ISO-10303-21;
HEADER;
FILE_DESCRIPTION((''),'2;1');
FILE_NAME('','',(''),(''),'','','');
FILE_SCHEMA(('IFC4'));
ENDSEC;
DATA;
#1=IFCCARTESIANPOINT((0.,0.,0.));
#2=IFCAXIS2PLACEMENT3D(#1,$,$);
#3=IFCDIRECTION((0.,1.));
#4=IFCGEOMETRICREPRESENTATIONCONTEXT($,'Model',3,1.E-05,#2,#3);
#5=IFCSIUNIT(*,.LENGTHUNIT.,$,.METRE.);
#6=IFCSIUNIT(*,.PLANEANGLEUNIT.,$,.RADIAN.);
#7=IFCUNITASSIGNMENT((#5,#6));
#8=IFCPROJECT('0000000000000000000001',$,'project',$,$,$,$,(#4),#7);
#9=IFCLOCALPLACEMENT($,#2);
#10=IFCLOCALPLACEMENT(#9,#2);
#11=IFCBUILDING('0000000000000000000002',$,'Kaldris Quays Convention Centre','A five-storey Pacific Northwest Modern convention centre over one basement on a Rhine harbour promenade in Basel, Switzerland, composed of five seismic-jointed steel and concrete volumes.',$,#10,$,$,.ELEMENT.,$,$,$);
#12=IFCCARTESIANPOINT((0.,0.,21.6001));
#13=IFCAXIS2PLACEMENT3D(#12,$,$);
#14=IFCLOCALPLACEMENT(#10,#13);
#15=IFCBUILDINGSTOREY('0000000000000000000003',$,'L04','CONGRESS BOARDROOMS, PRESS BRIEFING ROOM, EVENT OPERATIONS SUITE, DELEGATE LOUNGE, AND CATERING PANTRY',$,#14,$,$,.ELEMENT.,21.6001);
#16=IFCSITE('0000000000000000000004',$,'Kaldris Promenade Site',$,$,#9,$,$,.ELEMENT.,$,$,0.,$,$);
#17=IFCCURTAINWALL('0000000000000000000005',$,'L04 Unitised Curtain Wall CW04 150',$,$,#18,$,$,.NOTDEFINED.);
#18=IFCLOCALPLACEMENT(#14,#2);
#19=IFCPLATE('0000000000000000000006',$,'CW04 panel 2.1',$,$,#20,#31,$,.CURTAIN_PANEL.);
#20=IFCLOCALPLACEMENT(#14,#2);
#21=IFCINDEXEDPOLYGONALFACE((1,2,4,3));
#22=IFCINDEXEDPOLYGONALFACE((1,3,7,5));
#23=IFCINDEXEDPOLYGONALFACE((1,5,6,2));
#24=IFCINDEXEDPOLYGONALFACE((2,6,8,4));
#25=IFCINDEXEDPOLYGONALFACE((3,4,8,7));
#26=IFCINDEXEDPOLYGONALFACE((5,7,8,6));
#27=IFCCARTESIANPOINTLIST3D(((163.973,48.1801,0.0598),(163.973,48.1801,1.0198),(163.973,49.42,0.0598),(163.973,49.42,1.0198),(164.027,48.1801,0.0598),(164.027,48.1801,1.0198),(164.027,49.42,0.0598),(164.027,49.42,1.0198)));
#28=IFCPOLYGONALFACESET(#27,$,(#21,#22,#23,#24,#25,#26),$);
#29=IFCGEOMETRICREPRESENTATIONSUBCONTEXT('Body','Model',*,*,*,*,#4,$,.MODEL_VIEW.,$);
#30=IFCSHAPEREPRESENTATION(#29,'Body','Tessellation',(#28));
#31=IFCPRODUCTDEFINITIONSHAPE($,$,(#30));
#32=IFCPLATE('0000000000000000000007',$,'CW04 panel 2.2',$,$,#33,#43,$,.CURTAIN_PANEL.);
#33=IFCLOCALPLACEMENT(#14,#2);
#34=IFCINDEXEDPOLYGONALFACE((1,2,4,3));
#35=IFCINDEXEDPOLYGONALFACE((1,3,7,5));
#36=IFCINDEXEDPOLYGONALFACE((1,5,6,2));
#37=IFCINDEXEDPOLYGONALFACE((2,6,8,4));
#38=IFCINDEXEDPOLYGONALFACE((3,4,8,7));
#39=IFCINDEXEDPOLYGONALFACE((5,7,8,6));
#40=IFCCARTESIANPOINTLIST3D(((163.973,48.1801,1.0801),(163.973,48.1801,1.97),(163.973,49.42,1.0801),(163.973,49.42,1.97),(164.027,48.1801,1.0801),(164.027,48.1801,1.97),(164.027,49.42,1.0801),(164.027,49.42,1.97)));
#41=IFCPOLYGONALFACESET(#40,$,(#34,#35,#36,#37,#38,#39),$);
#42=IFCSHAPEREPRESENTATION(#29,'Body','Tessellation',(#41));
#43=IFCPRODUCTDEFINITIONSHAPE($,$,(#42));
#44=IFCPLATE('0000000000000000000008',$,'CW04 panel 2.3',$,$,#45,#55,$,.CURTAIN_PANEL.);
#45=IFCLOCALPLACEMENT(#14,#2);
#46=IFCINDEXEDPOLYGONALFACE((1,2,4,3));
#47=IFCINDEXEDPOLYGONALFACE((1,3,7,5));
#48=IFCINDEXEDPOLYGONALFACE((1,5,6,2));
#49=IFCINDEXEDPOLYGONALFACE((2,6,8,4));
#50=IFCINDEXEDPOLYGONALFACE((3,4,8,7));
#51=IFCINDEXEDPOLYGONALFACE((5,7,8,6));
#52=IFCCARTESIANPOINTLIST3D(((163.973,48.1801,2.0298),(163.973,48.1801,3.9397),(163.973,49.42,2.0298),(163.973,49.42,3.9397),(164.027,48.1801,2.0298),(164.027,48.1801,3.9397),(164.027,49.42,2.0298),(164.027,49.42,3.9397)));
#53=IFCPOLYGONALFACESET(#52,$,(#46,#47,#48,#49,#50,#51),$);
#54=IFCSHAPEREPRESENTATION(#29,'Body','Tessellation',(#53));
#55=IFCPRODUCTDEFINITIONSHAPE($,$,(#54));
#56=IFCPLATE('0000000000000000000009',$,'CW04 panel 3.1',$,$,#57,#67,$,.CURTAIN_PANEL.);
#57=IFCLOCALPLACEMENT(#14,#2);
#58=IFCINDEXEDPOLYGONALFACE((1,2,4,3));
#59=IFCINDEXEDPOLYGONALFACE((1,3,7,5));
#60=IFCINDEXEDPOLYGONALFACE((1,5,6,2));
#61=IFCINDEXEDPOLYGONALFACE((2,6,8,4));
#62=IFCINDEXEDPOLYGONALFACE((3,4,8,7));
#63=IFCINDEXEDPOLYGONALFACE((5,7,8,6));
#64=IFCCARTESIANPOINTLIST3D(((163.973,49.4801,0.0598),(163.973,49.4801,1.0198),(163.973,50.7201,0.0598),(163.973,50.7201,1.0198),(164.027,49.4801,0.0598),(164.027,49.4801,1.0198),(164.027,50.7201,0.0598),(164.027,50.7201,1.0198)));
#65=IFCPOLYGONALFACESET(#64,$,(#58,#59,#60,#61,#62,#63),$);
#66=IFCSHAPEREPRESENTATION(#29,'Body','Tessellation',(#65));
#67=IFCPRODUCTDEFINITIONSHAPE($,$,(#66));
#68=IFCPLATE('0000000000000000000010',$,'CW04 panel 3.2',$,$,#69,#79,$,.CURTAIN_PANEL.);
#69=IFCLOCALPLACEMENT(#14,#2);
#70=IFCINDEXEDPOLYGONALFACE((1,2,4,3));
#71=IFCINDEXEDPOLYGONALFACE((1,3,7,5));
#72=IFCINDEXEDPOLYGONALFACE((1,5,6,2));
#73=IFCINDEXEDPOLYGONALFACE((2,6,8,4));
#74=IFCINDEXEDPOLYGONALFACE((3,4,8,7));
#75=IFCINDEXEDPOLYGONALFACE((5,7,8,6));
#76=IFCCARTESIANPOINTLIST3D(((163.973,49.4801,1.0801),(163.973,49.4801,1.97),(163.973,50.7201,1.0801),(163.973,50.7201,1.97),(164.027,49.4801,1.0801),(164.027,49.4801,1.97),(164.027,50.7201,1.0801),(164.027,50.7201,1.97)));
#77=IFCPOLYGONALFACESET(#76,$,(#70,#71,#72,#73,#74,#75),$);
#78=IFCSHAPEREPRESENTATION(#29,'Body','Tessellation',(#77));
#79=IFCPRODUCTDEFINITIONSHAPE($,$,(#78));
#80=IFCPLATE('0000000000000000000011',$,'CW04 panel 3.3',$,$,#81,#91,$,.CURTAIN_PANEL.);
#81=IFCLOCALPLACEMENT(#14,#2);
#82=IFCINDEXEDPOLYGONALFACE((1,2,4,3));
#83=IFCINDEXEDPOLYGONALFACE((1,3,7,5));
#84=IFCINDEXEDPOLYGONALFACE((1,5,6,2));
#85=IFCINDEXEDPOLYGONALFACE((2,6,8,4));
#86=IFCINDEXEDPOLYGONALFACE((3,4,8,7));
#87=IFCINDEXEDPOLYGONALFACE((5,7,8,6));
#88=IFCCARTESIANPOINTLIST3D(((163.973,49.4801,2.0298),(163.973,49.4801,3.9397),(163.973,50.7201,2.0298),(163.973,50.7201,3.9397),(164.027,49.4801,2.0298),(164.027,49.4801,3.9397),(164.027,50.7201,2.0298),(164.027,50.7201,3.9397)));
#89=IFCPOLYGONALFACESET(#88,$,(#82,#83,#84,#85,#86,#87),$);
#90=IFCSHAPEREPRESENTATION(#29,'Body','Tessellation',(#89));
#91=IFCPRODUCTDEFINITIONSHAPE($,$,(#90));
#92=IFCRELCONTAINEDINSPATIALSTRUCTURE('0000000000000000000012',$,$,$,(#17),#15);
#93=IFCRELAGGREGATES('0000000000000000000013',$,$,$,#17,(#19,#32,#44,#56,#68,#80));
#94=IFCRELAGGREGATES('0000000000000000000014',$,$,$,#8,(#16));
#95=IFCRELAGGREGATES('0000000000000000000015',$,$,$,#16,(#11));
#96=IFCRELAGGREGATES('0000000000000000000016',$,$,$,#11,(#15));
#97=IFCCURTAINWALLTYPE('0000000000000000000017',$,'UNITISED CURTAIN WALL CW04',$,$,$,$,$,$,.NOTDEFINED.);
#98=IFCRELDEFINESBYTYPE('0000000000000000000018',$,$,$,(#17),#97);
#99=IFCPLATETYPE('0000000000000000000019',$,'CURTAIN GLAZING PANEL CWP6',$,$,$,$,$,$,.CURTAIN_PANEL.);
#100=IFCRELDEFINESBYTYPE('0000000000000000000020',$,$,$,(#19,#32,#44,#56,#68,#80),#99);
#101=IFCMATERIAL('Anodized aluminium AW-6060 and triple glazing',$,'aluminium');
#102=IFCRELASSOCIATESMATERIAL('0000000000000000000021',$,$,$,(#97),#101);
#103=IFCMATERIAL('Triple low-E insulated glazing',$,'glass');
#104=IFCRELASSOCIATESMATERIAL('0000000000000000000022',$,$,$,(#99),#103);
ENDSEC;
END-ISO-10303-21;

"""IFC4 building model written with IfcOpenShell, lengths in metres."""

from ifc_helpers import new_model, si_unit, direction, frame, origin, origin_2d, place, context, subcontext, project, spatial, rectangle, extrude, material, type_object, element, aggregate, save


model = new_model("IFC4")

# Units and contexts
model_context = context("Model", 3, precision=1e-05, world=origin(), true_north=direction((0.0, 1.0)))
body_context = subcontext(model_context, "Body", "Model", "MODEL_VIEW")
ifc_project = project(units=[si_unit("LENGTHUNIT", "METRE"), si_unit("PLANEANGLEUNIT", "RADIAN")], contexts=[model_context])

# Site, building, storey
site_placement = place(None, origin())
site = spatial("IfcSite", under=ifc_project, at=site_placement, Name="Kaldris Promenade Site", CompositionType="ELEMENT", RefElevation=0.0)
building_placement = place(site_placement, origin())
building = spatial("IfcBuilding", under=site, at=building_placement, Name="Kaldris Quays Convention Centre", Description="A five-storey Pacific Northwest Modern convention centre over one basement on a Rhine harbour promenade in Basel, Switzerland, composed of five seismic-jointed steel and concrete volumes.", CompositionType="ELEMENT")
storey_placement = place(building_placement, frame((0.0, 0.0, 21.6001)))
storey = spatial("IfcBuildingStorey", under=building, at=storey_placement, Name="L04", Description="CONGRESS BOARDROOMS, PRESS BRIEFING ROOM, EVENT OPERATIONS SUITE, DELEGATE LOUNGE, AND CATERING PANTRY", CompositionType="ELEMENT", Elevation=21.6001)

# Curtain wall, plates
ifc_material_1 = material(Name="Anodized aluminium AW-6060 and triple glazing", Category="aluminium")
curtain_wall_type = type_object("IfcCurtainWallType", Name="UNITISED CURTAIN WALL CW04", PredefinedType="NOTDEFINED", material=ifc_material_1)
curtain_wall_placement = place(storey_placement, origin())
curtain_wall = element("IfcCurtainWall", 1, at=curtain_wall_placement, inside=storey, type_object=curtain_wall_type, Name="L04 Unitised Curtain Wall CW04 150", PredefinedType="NOTDEFINED")
ifc_material_2 = material(Name="Triple low-E insulated glazing", Category="glass")
plate_type = type_object("IfcPlateType", Name="CURTAIN GLAZING PANEL CWP6", PredefinedType="CURTAIN_PANEL", material=ifc_material_2)
plate_1_placement = place(storey_placement, frame((164.0, 48.8, 0.0598), z_axis=(0.0, 0.0, 1.0), x_axis=(0.0, 1.0, 0.0)))
plate_1 = element("IfcPlate", 2, at=plate_1_placement, type_object=plate_type, Name="CW04 panel 2.1", PredefinedType="CURTAIN_PANEL", context=body_context, shape_type="SweptSolid", body=[
    extrude(rectangle(XDim=1.24, YDim=0.054, at=origin_2d()), origin(), (0.0, 0.0, 1.0), 0.96),
])
plate_2_placement = place(storey_placement, frame((164.0, 48.8, 1.0801), z_axis=(0.0, 0.0, 1.0), x_axis=(0.0, 1.0, 0.0)))
plate_2 = element("IfcPlate", 3, at=plate_2_placement, type_object=plate_type, Name="CW04 panel 2.2", PredefinedType="CURTAIN_PANEL", context=body_context, shape_type="SweptSolid", body=[
    extrude(rectangle(XDim=1.24, YDim=0.054, at=origin_2d()), origin(), (0.0, 0.0, 1.0), 0.8899),
])
plate_3_placement = place(storey_placement, frame((164.0, 48.8, 2.0298), z_axis=(0.0, 0.0, 1.0), x_axis=(0.0, 1.0, 0.0)))
plate_3 = element("IfcPlate", 4, at=plate_3_placement, type_object=plate_type, Name="CW04 panel 2.3", PredefinedType="CURTAIN_PANEL", context=body_context, shape_type="SweptSolid", body=[
    extrude(rectangle(XDim=1.24, YDim=0.054, at=origin_2d()), origin(), (0.0, 0.0, 1.0), 1.9099),
])
plate_4_placement = place(storey_placement, frame((164.0, 50.1001, 0.0598), z_axis=(0.0, 0.0, 1.0), x_axis=(0.0, 1.0, 0.0)))
plate_4 = element("IfcPlate", 5, at=plate_4_placement, type_object=plate_type, Name="CW04 panel 3.1", PredefinedType="CURTAIN_PANEL", context=body_context, shape_type="SweptSolid", body=[
    extrude(rectangle(XDim=1.24, YDim=0.054, at=origin_2d()), origin(), (0.0, 0.0, 1.0), 0.96),
])
plate_5_placement = place(storey_placement, frame((164.0, 50.1001, 1.0801), z_axis=(0.0, 0.0, 1.0), x_axis=(0.0, 1.0, 0.0)))
plate_5 = element("IfcPlate", 6, at=plate_5_placement, type_object=plate_type, Name="CW04 panel 3.2", PredefinedType="CURTAIN_PANEL", context=body_context, shape_type="SweptSolid", body=[
    extrude(rectangle(XDim=1.24, YDim=0.054, at=origin_2d()), origin(), (0.0, 0.0, 1.0), 0.8899),
])
plate_6_placement = place(storey_placement, frame((164.0, 50.1001, 2.0298), z_axis=(0.0, 0.0, 1.0), x_axis=(0.0, 1.0, 0.0)))
plate_6 = element("IfcPlate", 7, at=plate_6_placement, type_object=plate_type, Name="CW04 panel 3.3", PredefinedType="CURTAIN_PANEL", context=body_context, shape_type="SweptSolid", body=[
    extrude(rectangle(XDim=1.24, YDim=0.054, at=origin_2d()), origin(), (0.0, 0.0, 1.0), 1.9099),
])
aggregate(curtain_wall, [plate_1, plate_2, plate_3, plate_4, plate_5, plate_6])

save(model, "model.ifc")
